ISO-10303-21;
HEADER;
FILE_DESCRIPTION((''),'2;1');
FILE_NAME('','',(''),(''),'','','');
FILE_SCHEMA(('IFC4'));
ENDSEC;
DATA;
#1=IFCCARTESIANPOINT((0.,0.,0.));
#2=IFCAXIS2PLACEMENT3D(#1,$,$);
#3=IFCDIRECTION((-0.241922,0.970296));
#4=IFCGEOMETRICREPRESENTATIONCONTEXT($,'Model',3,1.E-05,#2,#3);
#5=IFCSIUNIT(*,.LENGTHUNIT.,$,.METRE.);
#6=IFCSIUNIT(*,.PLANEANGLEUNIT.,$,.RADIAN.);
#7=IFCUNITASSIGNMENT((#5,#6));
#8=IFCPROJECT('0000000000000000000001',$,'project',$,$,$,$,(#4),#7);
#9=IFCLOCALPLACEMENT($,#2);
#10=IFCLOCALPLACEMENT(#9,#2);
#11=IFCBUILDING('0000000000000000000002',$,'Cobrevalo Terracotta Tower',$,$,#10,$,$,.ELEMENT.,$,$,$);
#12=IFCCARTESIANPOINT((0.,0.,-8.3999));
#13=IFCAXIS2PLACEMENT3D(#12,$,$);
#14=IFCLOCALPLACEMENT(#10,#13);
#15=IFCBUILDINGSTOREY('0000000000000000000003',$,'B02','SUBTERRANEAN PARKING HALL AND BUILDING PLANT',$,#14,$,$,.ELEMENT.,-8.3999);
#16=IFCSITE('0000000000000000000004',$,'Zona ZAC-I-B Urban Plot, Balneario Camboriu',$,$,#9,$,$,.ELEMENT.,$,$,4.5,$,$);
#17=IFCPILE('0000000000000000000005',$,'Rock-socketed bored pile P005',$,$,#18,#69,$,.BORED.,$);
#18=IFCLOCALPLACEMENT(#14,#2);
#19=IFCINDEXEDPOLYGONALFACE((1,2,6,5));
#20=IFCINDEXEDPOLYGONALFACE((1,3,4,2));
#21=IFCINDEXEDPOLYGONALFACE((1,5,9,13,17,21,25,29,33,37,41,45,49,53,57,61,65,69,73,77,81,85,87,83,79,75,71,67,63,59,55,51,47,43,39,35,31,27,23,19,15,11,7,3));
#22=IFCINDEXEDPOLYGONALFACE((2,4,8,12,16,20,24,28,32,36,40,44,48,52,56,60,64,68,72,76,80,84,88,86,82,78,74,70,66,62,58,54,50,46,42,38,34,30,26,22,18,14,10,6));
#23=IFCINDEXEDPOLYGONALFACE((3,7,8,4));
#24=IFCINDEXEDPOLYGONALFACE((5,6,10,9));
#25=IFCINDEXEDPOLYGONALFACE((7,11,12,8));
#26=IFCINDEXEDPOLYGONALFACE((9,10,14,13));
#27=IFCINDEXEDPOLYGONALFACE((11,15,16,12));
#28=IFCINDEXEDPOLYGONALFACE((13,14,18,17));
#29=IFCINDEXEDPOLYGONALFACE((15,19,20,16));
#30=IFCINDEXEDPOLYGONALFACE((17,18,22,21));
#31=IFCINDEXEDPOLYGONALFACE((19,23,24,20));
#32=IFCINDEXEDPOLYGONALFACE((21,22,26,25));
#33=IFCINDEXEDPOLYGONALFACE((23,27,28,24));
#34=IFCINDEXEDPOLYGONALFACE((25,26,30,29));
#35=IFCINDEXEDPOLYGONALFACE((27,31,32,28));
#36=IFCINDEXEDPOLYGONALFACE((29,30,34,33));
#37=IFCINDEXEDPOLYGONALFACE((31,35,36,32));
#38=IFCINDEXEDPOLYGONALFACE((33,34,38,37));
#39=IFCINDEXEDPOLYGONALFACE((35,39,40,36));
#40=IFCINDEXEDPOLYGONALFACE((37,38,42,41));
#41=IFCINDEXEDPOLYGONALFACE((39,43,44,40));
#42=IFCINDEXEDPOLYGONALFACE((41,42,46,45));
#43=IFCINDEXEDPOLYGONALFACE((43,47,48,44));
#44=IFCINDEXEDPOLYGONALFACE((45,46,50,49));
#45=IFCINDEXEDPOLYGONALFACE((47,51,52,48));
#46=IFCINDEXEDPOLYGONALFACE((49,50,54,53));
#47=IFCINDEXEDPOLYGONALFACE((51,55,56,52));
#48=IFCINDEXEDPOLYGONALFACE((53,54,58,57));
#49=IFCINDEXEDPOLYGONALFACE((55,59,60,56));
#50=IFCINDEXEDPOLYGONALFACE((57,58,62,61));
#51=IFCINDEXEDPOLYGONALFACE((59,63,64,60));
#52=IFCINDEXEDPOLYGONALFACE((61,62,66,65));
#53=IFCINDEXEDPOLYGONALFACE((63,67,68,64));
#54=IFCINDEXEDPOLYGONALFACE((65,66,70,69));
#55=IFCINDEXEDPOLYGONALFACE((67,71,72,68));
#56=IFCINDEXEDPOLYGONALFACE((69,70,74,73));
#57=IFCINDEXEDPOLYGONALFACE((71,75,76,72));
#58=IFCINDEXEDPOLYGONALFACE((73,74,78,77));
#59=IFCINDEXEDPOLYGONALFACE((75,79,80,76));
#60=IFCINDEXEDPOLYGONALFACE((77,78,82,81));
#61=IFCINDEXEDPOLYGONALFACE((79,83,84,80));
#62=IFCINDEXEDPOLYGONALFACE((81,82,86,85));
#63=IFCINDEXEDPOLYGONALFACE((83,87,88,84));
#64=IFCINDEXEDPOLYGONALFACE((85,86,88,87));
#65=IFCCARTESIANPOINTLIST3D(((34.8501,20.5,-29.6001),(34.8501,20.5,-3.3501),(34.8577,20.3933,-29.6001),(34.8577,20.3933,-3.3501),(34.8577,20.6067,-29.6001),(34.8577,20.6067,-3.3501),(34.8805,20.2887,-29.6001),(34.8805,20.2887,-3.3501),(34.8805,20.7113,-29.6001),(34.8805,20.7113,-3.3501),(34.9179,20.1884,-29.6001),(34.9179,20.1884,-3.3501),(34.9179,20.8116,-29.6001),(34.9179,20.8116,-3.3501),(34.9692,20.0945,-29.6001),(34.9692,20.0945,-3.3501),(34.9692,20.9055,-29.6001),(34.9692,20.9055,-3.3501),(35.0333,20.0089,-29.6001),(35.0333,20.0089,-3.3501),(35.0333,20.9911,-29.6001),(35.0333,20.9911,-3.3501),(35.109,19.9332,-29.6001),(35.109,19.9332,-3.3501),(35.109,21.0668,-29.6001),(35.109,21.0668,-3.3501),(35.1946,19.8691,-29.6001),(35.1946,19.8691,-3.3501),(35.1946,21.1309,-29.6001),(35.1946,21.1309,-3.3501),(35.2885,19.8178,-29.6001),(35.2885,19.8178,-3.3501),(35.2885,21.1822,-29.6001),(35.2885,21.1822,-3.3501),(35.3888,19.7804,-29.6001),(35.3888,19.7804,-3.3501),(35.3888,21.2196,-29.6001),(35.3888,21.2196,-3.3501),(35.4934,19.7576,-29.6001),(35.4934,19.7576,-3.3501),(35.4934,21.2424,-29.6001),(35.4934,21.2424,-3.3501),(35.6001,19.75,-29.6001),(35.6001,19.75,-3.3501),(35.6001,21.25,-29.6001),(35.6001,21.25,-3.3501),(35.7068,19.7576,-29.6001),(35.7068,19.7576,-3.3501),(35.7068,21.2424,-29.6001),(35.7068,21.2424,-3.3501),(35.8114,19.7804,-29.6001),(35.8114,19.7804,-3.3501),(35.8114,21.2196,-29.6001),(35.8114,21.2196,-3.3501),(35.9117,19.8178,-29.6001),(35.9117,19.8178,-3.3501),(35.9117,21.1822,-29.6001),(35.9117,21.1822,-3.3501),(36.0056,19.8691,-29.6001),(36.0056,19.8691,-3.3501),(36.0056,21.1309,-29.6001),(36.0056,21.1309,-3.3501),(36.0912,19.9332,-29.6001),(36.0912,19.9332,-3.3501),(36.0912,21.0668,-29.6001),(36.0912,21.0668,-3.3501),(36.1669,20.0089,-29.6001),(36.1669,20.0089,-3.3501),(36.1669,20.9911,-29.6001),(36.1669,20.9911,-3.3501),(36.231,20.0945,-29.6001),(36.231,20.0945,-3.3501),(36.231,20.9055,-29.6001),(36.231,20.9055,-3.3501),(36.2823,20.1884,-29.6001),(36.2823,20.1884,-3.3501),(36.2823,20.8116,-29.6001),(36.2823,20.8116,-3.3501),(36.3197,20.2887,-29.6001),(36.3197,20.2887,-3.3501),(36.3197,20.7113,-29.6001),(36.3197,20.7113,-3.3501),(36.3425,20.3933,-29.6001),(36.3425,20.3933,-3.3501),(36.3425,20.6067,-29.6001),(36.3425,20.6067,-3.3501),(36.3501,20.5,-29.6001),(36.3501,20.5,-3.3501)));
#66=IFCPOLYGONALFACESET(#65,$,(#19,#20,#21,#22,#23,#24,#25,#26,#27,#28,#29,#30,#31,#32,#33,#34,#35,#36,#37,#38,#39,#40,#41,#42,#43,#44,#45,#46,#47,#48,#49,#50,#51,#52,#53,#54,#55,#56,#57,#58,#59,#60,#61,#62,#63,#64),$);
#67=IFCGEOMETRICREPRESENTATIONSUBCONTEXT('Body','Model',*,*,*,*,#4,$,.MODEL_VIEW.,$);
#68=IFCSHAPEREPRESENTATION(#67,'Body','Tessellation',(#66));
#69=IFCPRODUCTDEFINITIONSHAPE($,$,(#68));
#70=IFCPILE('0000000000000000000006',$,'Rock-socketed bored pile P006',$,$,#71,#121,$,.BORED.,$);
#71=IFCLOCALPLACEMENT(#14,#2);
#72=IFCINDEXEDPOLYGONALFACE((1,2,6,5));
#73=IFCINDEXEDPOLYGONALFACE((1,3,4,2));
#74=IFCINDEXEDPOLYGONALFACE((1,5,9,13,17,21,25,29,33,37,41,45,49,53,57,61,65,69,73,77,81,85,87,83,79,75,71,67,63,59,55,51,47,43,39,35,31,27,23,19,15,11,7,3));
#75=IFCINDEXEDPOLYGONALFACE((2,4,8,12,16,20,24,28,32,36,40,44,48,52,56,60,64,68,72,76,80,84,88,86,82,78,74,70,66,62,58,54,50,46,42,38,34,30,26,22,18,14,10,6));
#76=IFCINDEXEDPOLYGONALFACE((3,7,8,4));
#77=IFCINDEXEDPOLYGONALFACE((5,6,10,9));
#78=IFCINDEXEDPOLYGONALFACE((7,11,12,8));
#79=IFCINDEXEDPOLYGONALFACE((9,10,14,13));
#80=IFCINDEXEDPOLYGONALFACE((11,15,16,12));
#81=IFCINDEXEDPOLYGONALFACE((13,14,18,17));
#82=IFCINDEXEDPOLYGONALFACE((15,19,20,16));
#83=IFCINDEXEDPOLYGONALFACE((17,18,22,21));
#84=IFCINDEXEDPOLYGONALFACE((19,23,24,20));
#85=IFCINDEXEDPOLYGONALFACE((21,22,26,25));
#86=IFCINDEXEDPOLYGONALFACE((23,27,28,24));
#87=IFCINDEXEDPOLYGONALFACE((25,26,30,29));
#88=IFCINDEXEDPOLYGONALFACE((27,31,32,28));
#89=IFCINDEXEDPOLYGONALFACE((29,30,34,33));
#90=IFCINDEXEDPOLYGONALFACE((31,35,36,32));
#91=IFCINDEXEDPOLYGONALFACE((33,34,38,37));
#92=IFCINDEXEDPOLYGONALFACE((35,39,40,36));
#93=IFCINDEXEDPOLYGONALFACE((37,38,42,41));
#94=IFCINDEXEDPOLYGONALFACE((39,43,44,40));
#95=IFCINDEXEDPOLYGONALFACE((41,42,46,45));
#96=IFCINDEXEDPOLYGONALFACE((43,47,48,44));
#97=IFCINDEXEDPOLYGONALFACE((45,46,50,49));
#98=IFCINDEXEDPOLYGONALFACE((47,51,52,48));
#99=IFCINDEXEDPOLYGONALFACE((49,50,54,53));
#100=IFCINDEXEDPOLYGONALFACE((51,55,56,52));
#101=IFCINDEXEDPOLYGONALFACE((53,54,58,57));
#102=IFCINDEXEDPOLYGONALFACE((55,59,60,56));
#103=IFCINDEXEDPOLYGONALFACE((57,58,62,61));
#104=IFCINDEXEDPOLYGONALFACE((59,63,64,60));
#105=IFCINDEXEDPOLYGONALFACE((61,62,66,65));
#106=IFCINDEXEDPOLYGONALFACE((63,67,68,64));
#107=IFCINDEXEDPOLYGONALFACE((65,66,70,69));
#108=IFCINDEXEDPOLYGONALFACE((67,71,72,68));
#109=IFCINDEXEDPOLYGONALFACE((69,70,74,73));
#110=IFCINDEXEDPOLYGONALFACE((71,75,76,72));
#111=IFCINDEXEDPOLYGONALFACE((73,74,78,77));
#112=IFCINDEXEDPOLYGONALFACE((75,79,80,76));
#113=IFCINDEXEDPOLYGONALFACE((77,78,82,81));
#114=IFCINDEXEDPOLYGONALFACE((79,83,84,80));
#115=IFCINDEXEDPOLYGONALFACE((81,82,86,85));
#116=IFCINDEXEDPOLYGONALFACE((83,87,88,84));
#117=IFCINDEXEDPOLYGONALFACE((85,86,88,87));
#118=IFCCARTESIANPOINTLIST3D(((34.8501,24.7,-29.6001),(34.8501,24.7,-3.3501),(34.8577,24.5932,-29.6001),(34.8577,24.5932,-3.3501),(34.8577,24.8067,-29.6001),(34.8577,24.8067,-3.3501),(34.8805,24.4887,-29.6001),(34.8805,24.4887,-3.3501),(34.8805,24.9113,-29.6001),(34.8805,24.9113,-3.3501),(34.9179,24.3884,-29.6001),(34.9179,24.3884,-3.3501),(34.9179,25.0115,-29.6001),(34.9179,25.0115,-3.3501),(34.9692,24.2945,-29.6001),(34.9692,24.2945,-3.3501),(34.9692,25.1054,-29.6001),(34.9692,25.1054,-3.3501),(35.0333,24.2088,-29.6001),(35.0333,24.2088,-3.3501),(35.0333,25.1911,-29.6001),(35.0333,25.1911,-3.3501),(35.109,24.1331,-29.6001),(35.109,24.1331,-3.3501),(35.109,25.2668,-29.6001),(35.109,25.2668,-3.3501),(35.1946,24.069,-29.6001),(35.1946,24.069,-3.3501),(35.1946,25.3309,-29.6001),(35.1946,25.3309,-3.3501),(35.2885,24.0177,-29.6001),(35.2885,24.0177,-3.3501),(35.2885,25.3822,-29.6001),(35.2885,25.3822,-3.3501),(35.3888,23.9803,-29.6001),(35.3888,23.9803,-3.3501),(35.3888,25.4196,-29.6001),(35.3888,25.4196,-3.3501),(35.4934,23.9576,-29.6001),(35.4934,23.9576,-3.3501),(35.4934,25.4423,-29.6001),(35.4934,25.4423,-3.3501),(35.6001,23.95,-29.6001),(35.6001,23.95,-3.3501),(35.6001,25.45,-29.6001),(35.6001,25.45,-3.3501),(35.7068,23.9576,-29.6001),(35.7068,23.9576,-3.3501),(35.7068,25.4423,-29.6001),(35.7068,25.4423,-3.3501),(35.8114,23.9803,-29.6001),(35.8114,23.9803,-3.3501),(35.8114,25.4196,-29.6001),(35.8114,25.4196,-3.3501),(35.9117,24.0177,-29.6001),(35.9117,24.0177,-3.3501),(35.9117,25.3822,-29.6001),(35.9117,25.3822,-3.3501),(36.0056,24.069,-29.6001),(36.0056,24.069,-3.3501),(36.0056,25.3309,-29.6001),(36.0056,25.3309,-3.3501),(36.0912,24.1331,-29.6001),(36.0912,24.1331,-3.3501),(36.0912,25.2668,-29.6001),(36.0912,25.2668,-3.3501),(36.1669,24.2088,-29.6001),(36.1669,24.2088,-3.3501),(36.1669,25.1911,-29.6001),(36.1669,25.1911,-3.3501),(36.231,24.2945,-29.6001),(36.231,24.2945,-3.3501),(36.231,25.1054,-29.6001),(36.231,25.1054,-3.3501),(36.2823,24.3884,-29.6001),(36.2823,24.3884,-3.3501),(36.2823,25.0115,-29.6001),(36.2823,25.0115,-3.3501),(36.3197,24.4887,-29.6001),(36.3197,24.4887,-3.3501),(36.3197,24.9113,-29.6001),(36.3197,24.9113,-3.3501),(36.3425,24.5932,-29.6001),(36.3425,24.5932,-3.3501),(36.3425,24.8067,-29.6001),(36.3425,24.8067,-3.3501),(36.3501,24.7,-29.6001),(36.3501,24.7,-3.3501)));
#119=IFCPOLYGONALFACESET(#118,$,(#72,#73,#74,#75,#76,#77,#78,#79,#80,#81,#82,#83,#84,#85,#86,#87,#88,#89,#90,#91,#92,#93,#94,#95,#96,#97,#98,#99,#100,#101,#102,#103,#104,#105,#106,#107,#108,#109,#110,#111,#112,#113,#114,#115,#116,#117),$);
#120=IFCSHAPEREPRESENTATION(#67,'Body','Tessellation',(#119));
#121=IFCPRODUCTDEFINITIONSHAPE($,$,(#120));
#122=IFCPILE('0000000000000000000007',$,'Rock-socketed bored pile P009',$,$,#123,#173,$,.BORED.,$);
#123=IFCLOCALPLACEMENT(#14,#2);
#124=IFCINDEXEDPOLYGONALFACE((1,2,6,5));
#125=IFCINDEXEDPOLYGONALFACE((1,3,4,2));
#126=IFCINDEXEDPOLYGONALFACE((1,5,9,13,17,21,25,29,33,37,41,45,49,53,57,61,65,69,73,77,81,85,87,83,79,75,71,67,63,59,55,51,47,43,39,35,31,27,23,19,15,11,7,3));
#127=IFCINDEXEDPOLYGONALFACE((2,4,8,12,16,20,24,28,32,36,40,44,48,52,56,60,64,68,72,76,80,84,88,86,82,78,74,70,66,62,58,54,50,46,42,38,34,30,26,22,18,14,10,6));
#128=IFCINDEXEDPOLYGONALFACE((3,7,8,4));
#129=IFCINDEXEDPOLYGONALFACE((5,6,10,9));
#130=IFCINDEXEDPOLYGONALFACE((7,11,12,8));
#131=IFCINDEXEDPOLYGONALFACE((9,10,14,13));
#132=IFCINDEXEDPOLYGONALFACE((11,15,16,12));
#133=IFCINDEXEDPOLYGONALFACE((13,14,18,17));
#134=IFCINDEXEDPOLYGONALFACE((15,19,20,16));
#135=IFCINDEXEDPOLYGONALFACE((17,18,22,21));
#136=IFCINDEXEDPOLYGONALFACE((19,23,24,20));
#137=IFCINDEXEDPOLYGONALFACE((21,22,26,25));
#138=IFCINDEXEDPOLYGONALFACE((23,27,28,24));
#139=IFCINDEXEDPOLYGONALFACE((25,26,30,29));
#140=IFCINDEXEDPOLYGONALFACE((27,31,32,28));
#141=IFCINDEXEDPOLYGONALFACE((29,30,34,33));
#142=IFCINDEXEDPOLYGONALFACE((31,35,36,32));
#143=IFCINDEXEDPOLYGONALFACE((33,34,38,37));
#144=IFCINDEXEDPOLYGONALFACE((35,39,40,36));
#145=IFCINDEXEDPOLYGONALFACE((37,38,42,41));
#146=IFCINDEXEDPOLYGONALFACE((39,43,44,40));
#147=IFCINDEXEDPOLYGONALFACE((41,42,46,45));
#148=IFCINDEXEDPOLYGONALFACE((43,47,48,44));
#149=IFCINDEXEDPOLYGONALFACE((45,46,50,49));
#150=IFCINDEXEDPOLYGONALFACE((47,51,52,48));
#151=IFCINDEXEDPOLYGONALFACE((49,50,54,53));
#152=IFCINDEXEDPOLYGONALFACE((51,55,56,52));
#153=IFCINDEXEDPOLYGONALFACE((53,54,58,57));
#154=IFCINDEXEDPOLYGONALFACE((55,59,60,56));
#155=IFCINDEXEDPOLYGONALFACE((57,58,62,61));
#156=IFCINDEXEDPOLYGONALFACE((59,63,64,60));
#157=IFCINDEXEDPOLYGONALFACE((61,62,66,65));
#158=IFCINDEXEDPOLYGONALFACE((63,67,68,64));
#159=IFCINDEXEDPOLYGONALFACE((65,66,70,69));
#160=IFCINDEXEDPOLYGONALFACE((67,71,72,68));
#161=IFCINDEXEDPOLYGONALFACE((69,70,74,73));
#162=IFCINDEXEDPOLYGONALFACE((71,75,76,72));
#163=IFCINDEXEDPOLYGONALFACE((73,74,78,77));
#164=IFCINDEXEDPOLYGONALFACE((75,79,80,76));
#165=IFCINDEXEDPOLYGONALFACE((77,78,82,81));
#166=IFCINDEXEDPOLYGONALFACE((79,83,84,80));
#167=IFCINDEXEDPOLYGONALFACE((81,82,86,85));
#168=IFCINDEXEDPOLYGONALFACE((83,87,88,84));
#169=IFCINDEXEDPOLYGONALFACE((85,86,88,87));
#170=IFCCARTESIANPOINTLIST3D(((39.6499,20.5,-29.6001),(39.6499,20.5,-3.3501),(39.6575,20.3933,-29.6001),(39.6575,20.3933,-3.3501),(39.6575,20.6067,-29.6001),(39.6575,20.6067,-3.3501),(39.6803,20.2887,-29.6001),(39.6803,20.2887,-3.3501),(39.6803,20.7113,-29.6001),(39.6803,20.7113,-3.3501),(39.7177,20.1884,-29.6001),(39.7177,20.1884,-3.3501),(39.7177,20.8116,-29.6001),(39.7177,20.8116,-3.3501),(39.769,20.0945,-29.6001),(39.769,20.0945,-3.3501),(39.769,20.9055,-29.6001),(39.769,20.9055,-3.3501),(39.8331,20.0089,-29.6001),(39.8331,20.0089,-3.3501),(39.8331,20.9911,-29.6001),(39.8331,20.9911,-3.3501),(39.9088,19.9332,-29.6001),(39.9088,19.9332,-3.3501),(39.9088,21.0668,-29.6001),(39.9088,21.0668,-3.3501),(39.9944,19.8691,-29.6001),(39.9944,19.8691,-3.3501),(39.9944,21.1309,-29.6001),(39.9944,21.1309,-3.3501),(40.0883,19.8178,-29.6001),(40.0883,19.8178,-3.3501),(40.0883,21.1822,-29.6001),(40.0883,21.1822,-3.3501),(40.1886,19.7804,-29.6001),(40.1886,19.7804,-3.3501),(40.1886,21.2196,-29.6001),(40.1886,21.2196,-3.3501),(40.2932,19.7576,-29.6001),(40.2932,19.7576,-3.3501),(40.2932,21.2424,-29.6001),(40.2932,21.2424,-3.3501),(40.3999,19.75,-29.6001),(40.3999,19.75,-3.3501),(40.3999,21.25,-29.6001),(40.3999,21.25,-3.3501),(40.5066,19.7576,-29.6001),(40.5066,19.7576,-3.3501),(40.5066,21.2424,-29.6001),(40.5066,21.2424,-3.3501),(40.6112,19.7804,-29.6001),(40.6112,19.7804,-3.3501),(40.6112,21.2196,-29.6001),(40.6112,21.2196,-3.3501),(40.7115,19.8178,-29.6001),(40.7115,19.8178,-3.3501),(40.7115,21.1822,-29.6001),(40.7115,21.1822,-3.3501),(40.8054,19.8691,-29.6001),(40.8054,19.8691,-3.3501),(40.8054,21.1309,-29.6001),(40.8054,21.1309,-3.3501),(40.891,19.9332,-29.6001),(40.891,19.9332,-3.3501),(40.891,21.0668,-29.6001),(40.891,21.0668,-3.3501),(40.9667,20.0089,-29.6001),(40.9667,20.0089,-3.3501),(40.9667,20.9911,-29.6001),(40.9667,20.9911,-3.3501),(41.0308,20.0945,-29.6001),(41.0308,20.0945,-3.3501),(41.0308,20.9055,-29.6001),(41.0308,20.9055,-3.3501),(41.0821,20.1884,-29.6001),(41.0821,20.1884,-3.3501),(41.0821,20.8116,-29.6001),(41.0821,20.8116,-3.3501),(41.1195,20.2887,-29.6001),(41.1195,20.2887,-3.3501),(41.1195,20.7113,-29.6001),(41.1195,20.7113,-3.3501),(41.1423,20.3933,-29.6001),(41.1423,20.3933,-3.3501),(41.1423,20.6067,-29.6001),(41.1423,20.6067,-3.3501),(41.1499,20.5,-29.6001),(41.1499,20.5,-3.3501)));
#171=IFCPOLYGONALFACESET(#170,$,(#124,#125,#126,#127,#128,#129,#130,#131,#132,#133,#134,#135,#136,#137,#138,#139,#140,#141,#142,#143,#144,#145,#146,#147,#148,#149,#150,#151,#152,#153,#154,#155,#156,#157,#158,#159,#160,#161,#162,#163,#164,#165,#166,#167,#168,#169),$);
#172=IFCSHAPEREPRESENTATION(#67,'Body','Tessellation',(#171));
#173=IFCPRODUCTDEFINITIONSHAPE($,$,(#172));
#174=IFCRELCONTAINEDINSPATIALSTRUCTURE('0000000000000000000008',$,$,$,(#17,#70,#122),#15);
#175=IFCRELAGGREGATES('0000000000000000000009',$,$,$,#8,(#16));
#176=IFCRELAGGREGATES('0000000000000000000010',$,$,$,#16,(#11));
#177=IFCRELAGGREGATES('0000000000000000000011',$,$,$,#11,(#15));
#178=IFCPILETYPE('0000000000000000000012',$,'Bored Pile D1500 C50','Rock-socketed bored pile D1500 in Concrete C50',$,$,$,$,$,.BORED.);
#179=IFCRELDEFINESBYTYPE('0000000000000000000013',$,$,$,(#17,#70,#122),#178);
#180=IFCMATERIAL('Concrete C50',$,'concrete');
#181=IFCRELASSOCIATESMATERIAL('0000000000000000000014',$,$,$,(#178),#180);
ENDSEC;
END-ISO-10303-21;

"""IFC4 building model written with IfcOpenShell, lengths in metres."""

from ifc_helpers import new_model, si_unit, direction, frame, origin, origin_2d, place, context, subcontext, project, spatial, circle, extrude, material, material_profile, profile_set, type_object, element, save


model = new_model("IFC4")

# Units and contexts
model_context = context("Model", 3, precision=1e-05, world=origin(), true_north=direction((-0.241922, 0.970296)))
body_context = subcontext(model_context, "Body", "Model", "MODEL_VIEW")
ifc_project = project(units=[si_unit("LENGTHUNIT", "METRE"), si_unit("PLANEANGLEUNIT", "RADIAN")], contexts=[model_context])

# Site, building, storey
site_placement = place(None, origin())
site = spatial("IfcSite", under=ifc_project, at=site_placement, Name="Zona ZAC-I-B Urban Plot, Balneario Camboriu", CompositionType="ELEMENT", RefElevation=4.5)
building_placement = place(site_placement, origin())
building = spatial("IfcBuilding", under=site, at=building_placement, Name="Cobrevalo Terracotta Tower", CompositionType="ELEMENT")
storey_placement = place(building_placement, frame((0.0, 0.0, -8.3999)))
storey = spatial("IfcBuildingStorey", under=building, at=storey_placement, Name="B02", Description="SUBTERRANEAN PARKING HALL AND BUILDING PLANT", CompositionType="ELEMENT", Elevation=-8.3999)

# Piles
ifc_material_1 = material(Name="Concrete C50", Category="concrete")
ifc_material_profile = material_profile(ifc_material_1, circle(Radius=0.75, at=origin_2d()), Name="PILE D1500")
ifc_profile_set = profile_set([ifc_material_profile], Name="Concrete C50")
pile_type = type_object("IfcPileType", Name="Bored Pile D1500 C50", Description="Rock-socketed bored pile D1500 in Concrete C50", PredefinedType="BORED", material=ifc_profile_set)
for number, where, z_axis, x_axis, name in (
    (1, (35.6001, 20.5, -3.3501), (0.0, 0.0, -1.0), (1.0, 0.0, 0.0), "Rock-socketed bored pile P005"),
    (2, (35.6001, 24.7, -3.3501), (0.0, 0.0, -1.0), (1.0, 0.0, 0.0), "Rock-socketed bored pile P006"),
    (3, (40.3999, 20.5, -3.3501), (0.0, 0.0, -1.0), (1.0, 0.0, 0.0), "Rock-socketed bored pile P009"),
):
    element("IfcPile", number, at=place(storey_placement, frame(where, z_axis=z_axis, x_axis=x_axis)), inside=storey, type_object=pile_type, Name=name, PredefinedType="BORED", context=body_context, shape_type="SweptSolid", body=[
        extrude(circle(Radius=0.75, at=origin_2d()), origin(), (0.0, 0.0, 1.0), 26.25),
    ])

save(model, "model.ifc")
